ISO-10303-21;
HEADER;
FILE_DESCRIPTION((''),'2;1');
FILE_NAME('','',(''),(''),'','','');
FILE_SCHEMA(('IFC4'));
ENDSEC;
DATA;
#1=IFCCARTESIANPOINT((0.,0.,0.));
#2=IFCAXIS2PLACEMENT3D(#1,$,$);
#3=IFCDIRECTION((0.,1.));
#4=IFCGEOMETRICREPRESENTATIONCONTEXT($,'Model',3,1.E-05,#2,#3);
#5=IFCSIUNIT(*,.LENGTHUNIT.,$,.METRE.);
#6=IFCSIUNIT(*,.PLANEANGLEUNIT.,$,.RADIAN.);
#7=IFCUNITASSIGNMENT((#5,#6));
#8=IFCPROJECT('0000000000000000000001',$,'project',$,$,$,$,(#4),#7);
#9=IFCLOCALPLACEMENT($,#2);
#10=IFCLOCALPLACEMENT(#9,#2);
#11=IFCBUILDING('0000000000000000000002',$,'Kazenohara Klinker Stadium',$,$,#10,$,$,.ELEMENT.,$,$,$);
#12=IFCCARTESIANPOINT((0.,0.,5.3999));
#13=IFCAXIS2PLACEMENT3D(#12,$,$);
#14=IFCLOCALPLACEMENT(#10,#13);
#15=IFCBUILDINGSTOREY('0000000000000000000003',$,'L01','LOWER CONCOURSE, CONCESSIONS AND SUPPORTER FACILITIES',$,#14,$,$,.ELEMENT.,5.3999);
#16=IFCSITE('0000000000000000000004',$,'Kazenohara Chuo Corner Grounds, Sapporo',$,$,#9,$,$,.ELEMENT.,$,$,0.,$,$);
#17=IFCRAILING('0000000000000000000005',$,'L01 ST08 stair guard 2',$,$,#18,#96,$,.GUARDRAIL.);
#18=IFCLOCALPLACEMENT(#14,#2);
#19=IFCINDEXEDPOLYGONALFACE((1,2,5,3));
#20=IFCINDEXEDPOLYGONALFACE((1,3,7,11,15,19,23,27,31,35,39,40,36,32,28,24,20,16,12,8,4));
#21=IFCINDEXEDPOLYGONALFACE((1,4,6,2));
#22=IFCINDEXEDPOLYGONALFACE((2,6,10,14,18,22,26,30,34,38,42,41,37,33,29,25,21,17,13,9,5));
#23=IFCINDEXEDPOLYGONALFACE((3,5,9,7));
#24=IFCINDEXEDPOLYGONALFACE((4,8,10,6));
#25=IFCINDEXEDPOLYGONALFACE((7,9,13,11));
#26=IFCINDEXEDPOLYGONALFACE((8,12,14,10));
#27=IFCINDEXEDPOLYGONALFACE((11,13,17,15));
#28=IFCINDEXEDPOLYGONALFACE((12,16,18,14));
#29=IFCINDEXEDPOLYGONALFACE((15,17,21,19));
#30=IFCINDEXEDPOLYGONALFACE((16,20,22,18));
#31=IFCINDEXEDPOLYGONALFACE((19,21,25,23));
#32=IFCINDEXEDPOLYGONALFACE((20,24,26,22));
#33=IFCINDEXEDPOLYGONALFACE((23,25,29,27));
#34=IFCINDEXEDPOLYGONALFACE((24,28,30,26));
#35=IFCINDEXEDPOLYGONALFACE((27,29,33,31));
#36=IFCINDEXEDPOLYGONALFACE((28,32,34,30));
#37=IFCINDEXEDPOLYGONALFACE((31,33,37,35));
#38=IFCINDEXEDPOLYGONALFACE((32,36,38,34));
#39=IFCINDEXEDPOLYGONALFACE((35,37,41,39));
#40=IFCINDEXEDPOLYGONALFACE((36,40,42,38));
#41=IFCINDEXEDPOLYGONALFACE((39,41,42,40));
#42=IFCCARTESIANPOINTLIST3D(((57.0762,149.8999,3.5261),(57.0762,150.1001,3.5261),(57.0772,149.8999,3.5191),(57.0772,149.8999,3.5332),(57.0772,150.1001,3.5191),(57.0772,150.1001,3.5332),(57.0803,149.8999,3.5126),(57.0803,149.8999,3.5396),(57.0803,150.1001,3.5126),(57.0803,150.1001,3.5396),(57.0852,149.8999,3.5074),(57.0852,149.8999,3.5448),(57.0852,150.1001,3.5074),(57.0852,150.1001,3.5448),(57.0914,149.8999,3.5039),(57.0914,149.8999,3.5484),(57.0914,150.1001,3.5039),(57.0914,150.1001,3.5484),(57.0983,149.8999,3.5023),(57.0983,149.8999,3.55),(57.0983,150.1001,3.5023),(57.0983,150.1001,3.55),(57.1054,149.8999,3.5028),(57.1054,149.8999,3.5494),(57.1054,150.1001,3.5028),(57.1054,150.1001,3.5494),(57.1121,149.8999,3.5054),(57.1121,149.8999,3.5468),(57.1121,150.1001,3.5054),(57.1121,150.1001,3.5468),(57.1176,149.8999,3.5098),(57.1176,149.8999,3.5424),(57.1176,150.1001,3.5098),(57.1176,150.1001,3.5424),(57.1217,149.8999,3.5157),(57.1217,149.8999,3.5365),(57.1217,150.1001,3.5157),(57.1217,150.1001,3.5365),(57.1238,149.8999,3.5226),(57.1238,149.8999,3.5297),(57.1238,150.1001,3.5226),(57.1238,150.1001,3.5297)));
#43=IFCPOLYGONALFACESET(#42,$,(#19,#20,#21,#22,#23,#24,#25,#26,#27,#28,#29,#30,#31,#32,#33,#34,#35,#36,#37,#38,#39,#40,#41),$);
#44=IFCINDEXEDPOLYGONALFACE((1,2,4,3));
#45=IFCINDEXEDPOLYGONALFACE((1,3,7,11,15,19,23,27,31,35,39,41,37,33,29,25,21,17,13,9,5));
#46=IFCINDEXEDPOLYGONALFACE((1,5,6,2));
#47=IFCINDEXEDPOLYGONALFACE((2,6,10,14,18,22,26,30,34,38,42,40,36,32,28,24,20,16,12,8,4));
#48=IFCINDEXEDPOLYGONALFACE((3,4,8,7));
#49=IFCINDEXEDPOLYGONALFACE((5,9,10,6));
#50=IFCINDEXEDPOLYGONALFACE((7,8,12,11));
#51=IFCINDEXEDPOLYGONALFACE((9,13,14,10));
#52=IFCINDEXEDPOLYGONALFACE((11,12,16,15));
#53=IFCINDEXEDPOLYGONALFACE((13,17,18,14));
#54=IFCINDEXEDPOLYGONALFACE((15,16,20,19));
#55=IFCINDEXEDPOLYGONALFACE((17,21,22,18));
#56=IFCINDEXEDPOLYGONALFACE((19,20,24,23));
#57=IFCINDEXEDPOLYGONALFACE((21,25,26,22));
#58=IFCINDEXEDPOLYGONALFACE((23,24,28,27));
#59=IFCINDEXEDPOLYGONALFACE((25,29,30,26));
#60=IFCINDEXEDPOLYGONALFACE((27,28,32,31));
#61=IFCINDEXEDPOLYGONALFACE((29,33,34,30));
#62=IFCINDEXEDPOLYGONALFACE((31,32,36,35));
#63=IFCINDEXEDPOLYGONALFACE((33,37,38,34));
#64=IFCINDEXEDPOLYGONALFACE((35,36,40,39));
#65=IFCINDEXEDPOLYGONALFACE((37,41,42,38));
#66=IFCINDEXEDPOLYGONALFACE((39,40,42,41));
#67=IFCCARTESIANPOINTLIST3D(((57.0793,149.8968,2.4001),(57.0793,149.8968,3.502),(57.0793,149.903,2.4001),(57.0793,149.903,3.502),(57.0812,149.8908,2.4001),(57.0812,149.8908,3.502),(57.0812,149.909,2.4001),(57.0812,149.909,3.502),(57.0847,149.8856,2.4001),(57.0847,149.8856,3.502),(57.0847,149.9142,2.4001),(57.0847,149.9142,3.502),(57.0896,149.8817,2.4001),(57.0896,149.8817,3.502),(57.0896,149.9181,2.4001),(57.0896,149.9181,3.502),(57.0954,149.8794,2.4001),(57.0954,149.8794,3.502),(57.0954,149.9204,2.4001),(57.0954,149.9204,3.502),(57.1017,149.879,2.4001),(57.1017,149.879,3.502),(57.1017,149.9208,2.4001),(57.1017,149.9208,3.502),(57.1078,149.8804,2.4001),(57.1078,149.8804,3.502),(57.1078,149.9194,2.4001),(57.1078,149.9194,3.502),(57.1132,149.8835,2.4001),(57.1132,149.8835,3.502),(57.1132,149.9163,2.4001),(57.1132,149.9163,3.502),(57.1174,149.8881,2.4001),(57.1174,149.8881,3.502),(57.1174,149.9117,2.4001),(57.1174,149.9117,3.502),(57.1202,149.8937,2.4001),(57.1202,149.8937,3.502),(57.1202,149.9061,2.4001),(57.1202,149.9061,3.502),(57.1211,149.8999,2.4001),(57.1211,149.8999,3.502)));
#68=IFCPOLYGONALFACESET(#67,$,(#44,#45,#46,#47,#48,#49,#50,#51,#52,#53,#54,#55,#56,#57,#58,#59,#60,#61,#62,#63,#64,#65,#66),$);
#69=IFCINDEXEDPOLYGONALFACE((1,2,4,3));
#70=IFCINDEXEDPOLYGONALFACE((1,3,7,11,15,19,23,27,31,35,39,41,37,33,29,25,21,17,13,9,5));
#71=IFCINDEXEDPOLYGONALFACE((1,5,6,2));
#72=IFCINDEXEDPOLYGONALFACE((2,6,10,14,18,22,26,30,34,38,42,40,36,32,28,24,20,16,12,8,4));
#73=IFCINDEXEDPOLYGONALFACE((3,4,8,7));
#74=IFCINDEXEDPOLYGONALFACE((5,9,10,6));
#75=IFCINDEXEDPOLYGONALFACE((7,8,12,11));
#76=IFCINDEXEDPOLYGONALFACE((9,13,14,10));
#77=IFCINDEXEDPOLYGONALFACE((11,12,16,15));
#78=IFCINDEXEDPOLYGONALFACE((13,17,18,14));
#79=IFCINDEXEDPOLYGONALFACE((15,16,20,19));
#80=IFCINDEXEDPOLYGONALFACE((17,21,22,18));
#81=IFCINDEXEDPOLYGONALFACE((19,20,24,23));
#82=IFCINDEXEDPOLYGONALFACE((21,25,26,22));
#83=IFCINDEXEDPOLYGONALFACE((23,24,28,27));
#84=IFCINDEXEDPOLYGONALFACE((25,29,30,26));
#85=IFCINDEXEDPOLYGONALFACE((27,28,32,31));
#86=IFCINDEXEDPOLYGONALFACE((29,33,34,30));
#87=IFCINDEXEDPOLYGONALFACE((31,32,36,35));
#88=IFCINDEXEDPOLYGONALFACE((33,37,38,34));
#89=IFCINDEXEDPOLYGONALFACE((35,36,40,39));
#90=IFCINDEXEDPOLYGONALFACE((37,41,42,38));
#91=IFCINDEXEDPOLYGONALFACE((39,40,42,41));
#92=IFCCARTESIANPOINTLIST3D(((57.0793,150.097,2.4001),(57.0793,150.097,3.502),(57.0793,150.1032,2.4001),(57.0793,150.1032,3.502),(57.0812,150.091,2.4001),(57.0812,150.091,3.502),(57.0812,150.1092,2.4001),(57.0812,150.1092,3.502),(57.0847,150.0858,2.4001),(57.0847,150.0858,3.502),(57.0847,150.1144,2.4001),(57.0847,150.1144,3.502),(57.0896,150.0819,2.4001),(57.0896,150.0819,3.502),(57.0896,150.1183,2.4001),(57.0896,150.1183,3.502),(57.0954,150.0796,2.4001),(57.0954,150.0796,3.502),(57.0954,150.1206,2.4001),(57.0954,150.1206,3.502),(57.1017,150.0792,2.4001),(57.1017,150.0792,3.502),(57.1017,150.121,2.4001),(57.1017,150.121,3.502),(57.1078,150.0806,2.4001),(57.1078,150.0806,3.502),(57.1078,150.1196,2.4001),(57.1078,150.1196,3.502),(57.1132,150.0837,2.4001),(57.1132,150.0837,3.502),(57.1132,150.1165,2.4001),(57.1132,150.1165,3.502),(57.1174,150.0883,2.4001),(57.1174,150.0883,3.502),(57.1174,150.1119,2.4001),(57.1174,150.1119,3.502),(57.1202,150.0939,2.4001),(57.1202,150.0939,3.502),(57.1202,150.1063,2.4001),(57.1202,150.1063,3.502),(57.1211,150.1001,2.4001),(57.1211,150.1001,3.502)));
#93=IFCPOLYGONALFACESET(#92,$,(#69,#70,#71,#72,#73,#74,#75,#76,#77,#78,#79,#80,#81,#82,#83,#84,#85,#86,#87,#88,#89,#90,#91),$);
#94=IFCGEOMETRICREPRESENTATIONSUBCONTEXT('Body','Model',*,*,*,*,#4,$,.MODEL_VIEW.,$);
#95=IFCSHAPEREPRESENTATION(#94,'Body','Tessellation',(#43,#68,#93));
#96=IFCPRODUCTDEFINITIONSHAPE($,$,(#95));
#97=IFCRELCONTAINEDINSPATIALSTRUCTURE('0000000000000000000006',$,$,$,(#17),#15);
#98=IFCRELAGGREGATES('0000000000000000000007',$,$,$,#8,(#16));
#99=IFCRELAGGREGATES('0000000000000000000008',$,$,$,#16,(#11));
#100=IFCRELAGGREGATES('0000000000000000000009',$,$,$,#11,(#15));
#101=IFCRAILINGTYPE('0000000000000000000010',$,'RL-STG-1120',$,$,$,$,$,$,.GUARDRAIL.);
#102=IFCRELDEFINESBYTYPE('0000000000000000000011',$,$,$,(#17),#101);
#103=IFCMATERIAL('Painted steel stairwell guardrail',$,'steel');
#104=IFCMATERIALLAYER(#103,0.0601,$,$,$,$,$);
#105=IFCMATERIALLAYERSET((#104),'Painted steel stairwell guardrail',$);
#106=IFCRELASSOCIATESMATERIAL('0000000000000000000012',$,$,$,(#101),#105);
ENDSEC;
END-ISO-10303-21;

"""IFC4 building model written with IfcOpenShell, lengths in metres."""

from ifc_helpers import new_model, si_unit, direction, frame, origin, origin_2d, place, context, subcontext, project, spatial, circle, extrude, material, layer, layer_set, type_object, element, save


model = new_model("IFC4")

# Units and contexts
model_context = context("Model", 3, precision=1e-05, world=origin(), true_north=direction((0.0, 1.0)))
body_context = subcontext(model_context, "Body", "Model", "MODEL_VIEW")
ifc_project = project(units=[si_unit("LENGTHUNIT", "METRE"), si_unit("PLANEANGLEUNIT", "RADIAN")], contexts=[model_context])

# Site, building, storey
site_placement = place(None, origin())
site = spatial("IfcSite", under=ifc_project, at=site_placement, Name="Kazenohara Chuo Corner Grounds, Sapporo", CompositionType="ELEMENT", RefElevation=0.0)
building_placement = place(site_placement, origin())
building = spatial("IfcBuilding", under=site, at=building_placement, Name="Kazenohara Klinker Stadium", CompositionType="ELEMENT")
storey_placement = place(building_placement, frame((0.0, 0.0, 5.3999)))
storey = spatial("IfcBuildingStorey", under=building, at=storey_placement, Name="L01", Description="LOWER CONCOURSE, CONCESSIONS AND SUPPORTER FACILITIES", CompositionType="ELEMENT", Elevation=5.3999)

# Railing
ifc_material_1 = material(Name="Painted steel stairwell guardrail", Category="steel")
ifc_layer_1 = layer(ifc_material_1, 0.0601)
ifc_layer_set_1 = layer_set([ifc_layer_1], Name="Painted steel stairwell guardrail")
railing_type_1 = type_object("IfcRailingType", Name="RL-STG-1120", PredefinedType="GUARDRAIL", material=ifc_layer_set_1)
railing_1_placement = place(storey_placement, frame((57.1001, 149.8999, 2.4001)))
element("IfcRailing", 1, at=railing_1_placement, inside=storey, type_object=railing_type_1, Name="L01 ST08 stair guard 2", PredefinedType="GUARDRAIL", context=body_context, shape_type="SweptSolid", body=[
    extrude(circle(Radius=0.0239, at=origin_2d()), frame((0.0, 0.0, 1.126), z_axis=(0.0, 1.0, 0.0), x_axis=(-1.0, 0.0, 0.0)), (0.0, 0.0, 1.0), 0.2002),
    extrude(circle(Radius=0.021, at=origin_2d()), origin(), (0.0, 0.0, 1.0), 1.1018),
    extrude(circle(Radius=0.021, at=origin_2d()), frame((0.0, 0.2002, 0.0)), (0.0, 0.0, 1.0), 1.1018),
])

save(model, "model.ifc")
